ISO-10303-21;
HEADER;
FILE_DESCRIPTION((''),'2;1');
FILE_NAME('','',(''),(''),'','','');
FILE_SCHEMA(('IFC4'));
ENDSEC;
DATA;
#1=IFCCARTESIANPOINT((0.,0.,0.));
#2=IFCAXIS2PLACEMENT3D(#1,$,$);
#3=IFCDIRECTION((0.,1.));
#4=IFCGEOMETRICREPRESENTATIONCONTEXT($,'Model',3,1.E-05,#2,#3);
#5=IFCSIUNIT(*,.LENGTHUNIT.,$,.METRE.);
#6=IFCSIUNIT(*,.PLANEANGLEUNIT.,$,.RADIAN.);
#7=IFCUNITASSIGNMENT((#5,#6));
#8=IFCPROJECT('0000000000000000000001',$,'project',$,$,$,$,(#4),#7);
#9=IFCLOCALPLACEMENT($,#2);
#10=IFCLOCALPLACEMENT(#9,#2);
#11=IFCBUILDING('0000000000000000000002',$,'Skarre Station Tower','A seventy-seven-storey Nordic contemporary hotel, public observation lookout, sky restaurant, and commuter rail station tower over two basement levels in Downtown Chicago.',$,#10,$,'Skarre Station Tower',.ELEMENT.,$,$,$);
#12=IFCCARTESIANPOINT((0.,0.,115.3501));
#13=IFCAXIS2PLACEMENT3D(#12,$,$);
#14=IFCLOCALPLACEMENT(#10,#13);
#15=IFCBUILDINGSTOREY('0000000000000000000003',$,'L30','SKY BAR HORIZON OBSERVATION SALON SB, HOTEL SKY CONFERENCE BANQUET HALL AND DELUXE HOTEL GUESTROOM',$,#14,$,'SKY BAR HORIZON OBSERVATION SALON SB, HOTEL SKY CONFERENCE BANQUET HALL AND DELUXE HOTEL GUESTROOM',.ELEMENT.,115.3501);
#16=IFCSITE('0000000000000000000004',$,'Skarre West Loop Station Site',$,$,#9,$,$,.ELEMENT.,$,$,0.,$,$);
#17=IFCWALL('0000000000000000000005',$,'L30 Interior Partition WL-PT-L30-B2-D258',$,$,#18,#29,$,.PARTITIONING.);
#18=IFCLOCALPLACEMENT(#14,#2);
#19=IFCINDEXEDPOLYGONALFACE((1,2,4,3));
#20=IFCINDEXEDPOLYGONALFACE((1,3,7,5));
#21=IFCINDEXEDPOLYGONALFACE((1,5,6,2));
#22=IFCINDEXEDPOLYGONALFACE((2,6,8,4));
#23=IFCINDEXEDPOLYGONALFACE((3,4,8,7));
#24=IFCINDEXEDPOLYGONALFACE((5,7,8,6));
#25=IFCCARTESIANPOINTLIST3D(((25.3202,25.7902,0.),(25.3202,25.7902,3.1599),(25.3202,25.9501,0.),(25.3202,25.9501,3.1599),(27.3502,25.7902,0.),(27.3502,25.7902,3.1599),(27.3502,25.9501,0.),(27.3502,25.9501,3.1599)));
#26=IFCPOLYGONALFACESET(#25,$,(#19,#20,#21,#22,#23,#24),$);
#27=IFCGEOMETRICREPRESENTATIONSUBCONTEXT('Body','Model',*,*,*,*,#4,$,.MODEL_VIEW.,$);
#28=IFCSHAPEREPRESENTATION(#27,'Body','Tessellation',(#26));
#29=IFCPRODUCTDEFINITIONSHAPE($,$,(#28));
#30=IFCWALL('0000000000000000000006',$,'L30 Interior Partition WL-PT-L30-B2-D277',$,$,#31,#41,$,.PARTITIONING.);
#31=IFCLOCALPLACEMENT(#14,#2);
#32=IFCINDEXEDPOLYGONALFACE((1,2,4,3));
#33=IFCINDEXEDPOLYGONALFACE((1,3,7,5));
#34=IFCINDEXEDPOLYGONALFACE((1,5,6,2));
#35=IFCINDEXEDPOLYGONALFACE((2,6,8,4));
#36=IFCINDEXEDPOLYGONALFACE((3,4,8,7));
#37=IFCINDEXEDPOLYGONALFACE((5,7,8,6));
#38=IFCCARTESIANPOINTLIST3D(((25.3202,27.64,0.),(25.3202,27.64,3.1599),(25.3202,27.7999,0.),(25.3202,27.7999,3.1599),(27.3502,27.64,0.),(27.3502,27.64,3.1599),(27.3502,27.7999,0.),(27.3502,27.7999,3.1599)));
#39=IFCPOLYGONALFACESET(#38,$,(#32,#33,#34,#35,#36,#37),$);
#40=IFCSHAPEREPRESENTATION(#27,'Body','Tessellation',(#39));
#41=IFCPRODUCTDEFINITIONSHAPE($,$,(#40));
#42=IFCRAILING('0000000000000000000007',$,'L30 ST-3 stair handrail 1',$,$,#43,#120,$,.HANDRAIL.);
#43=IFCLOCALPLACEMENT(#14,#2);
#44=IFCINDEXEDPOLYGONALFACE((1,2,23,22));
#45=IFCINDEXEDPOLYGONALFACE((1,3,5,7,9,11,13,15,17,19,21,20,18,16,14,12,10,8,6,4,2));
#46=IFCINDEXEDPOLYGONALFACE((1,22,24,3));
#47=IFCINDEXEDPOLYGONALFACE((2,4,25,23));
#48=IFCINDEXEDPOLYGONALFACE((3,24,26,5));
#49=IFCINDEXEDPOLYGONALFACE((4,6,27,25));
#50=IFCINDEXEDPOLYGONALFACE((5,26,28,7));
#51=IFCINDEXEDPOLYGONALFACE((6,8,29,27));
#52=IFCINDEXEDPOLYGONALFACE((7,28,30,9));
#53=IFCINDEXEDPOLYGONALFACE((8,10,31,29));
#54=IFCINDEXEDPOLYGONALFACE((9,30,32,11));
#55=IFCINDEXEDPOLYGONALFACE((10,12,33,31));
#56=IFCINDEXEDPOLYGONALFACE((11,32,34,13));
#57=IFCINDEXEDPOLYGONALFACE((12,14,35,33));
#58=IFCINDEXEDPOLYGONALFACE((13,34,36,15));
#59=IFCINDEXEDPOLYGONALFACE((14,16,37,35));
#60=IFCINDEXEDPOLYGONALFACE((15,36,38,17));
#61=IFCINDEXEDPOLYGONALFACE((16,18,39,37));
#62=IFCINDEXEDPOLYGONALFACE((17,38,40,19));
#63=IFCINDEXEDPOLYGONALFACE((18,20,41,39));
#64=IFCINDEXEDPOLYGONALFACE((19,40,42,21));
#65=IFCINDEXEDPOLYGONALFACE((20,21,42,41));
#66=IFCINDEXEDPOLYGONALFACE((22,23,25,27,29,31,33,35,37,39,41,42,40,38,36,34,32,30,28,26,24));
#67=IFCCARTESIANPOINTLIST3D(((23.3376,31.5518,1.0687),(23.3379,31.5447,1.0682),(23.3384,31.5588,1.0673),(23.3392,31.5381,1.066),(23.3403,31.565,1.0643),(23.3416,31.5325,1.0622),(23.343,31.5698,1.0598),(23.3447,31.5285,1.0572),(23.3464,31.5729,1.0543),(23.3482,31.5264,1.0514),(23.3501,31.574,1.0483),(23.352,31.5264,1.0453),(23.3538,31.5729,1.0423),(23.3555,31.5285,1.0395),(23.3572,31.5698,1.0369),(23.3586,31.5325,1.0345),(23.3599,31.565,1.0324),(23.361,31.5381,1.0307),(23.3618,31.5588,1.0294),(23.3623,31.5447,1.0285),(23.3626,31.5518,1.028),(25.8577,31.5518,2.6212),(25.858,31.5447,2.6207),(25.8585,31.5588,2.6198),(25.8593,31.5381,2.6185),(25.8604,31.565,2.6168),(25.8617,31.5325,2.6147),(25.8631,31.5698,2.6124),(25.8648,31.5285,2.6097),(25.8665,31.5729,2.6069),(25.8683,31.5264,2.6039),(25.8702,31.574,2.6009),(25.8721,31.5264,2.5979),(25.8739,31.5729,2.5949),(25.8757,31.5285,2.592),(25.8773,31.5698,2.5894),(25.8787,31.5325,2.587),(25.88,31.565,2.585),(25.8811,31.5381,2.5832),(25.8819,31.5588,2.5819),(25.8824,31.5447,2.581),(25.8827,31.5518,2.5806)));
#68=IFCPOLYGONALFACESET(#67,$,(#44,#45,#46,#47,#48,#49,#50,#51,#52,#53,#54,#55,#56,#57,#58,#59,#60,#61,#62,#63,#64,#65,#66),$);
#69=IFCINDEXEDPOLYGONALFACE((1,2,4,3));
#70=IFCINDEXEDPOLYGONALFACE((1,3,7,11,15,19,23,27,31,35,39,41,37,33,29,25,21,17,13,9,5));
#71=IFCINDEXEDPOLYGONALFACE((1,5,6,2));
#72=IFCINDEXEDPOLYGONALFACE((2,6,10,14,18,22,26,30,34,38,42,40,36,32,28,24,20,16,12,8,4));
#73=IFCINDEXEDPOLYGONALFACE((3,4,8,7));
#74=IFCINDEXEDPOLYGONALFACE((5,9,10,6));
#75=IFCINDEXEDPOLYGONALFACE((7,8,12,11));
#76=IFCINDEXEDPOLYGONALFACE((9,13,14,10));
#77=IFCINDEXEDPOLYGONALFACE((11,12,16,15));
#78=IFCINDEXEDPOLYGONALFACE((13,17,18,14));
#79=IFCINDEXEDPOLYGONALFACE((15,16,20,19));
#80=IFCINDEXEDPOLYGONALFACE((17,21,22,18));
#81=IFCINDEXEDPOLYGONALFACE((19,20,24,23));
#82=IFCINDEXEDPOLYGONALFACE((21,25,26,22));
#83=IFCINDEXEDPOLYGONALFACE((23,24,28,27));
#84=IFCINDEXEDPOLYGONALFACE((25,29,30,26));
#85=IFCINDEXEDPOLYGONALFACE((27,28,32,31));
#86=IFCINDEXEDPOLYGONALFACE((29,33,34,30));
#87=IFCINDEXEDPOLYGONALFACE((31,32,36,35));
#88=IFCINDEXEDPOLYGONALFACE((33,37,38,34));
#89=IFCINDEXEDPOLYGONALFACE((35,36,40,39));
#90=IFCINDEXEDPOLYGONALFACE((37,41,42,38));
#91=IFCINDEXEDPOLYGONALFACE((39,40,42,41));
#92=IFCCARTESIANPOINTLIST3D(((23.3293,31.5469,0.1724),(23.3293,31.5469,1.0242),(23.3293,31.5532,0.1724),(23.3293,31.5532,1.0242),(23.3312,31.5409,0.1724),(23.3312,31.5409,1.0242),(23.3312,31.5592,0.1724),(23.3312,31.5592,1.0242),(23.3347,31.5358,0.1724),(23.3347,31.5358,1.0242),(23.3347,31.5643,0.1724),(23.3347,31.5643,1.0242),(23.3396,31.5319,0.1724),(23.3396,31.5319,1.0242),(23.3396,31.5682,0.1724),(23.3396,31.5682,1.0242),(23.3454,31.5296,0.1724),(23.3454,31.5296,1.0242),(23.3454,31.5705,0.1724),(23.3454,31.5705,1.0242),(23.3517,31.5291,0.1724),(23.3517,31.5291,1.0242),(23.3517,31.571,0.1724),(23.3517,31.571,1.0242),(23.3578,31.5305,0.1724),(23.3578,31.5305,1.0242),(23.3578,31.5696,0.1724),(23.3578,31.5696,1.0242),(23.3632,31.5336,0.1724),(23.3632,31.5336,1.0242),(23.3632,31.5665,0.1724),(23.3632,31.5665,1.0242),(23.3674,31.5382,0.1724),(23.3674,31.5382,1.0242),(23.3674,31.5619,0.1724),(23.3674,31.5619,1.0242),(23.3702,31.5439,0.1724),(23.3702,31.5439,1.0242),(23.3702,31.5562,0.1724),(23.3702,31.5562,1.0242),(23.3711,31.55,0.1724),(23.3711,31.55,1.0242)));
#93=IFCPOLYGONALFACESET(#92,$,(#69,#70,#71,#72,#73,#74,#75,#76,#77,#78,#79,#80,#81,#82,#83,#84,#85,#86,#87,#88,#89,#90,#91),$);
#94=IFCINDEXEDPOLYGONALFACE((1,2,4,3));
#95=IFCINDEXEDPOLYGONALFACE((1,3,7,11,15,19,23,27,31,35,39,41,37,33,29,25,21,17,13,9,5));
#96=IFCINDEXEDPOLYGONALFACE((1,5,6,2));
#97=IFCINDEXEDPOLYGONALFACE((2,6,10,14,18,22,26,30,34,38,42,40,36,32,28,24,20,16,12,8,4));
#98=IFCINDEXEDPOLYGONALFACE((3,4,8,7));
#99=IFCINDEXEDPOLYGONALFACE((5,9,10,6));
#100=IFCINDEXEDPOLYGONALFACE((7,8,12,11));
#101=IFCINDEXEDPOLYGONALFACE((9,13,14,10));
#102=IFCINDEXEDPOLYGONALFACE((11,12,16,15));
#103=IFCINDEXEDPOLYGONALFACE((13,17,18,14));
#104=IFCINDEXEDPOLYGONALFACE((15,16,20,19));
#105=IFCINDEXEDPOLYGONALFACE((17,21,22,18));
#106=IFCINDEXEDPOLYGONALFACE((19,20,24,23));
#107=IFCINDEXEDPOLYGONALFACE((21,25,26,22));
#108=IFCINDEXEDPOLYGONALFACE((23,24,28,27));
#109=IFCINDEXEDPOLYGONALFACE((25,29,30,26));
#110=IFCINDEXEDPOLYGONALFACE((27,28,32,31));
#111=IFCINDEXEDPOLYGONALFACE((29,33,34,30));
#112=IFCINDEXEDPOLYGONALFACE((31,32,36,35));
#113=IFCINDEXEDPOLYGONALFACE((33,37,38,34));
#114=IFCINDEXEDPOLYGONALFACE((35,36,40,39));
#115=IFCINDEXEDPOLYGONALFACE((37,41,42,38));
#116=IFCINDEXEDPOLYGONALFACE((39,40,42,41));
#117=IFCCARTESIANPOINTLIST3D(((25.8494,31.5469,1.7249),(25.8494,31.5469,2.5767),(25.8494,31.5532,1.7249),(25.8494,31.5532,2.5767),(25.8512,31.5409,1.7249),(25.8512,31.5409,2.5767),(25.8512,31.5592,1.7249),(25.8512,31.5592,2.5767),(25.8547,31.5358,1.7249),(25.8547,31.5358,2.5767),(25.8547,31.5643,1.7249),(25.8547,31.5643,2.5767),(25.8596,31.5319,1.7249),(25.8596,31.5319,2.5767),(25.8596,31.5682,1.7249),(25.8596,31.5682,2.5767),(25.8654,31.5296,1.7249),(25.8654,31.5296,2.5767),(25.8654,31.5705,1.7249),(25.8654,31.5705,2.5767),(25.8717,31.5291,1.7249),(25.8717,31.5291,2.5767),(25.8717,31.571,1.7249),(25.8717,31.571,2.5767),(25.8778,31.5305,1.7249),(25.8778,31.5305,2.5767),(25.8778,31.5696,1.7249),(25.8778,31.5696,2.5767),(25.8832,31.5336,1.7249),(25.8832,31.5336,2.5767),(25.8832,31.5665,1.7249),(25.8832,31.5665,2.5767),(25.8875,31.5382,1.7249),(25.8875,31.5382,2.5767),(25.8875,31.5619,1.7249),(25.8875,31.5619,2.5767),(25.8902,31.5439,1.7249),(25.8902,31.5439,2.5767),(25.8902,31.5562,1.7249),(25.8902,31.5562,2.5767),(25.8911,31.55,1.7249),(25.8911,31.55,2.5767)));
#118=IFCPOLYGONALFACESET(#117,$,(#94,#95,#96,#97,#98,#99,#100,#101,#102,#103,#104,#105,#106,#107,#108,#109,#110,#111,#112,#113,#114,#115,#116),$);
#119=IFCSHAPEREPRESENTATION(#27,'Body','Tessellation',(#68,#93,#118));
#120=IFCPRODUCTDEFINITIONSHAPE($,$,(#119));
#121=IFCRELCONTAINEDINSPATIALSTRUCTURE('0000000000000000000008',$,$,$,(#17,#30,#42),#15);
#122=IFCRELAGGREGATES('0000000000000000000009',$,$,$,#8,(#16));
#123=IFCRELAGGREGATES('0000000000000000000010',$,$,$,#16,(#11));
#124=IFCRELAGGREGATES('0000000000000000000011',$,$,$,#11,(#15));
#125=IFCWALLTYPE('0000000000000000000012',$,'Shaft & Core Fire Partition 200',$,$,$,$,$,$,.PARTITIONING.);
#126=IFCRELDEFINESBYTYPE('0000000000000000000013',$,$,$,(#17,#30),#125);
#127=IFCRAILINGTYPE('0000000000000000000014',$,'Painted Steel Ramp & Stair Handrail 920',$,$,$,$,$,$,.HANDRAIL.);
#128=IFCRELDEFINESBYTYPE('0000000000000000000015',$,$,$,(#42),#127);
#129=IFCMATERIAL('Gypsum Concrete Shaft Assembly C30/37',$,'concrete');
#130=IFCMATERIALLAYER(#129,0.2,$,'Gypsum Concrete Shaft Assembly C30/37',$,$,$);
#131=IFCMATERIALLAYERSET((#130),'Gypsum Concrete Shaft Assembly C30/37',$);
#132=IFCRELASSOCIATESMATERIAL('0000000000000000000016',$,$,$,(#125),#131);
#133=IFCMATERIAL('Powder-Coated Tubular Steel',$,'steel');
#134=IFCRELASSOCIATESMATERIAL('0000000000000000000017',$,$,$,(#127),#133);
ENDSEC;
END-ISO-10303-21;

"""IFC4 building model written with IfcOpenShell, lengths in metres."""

from ifc_helpers import new_model, si_unit, direction, frame, frame_2d, origin, origin_2d, place, context, subcontext, project, spatial, rectangle, circle, extrude, material, layer, layer_set, type_object, element, save


model = new_model("IFC4")

# Units and contexts
model_context = context("Model", 3, precision=1e-05, world=origin(), true_north=direction((0.0, 1.0)))
body_context = subcontext(model_context, "Body", "Model", "MODEL_VIEW")
ifc_project = project(units=[si_unit("LENGTHUNIT", "METRE"), si_unit("PLANEANGLEUNIT", "RADIAN")], contexts=[model_context])

# Site, building, storey
site_placement = place(None, origin())
site = spatial("IfcSite", under=ifc_project, at=site_placement, Name="Skarre West Loop Station Site", CompositionType="ELEMENT", RefElevation=0.0)
building_placement = place(site_placement, origin())
building = spatial("IfcBuilding", under=site, at=building_placement, Name="Skarre Station Tower", Description="A seventy-seven-storey Nordic contemporary hotel, public observation lookout, sky restaurant, and commuter rail station tower over two basement levels in Downtown Chicago.", LongName="Skarre Station Tower", CompositionType="ELEMENT")
storey_placement = place(building_placement, frame((0.0, 0.0, 115.3501)))
storey = spatial("IfcBuildingStorey", under=building, at=storey_placement, Name="L30", Description="SKY BAR HORIZON OBSERVATION SALON SB, HOTEL SKY CONFERENCE BANQUET HALL AND DELUXE HOTEL GUESTROOM", LongName="SKY BAR HORIZON OBSERVATION SALON SB, HOTEL SKY CONFERENCE BANQUET HALL AND DELUXE HOTEL GUESTROOM", CompositionType="ELEMENT", Elevation=115.3501)

# Shared definitions
ifc_material_1 = material(Name="Gypsum Concrete Shaft Assembly C30/37", Category="concrete")
ifc_layer_1 = layer(ifc_material_1, 0.2, Name="Gypsum Concrete Shaft Assembly C30/37")
ifc_layer_set_1 = layer_set([ifc_layer_1], Name="Gypsum Concrete Shaft Assembly C30/37")
wall_type_1 = type_object("IfcWallType", Name="Shaft & Core Fire Partition 200", PredefinedType="PARTITIONING", material=ifc_layer_set_1)

# Walls
for number, where, z_axis, x_axis, name in (
    (1, (25.3201, 25.8701, 0.0), (0.0, 0.0, 1.0), (1.0, 0.0, 0.0), "L30 Interior Partition WL-PT-L30-B2-D258"),
    (2, (25.3201, 27.72, 0.0), (0.0, 0.0, 1.0), (1.0, 0.0, 0.0), "L30 Interior Partition WL-PT-L30-B2-D277"),
):
    element("IfcWall", number, at=place(storey_placement, frame(where, z_axis=z_axis, x_axis=x_axis)), inside=storey, type_object=wall_type_1, Name=name, PredefinedType="PARTITIONING", context=body_context, shape_type="SweptSolid", body=[
        extrude(rectangle(XDim=2.03, YDim=0.1599, at=frame_2d((1.0151, 0.0))), origin(), (0.0, 0.0, 1.0), 3.1599),
    ])

# Railing
ifc_material_2 = material(Name="Powder-Coated Tubular Steel", Category="steel")
railing_type = type_object("IfcRailingType", Name="Painted Steel Ramp & Stair Handrail 920", PredefinedType="HANDRAIL", material=ifc_material_2)
railing_placement = place(storey_placement, frame((23.3501, 31.55, 0.1724)))
element("IfcRailing", 3, at=railing_placement, inside=storey, type_object=railing_type, Name="L30 ST-3 stair handrail 1", PredefinedType="HANDRAIL", context=body_context, shape_type="SweptSolid", body=[
    extrude(circle(Radius=0.0239, at=origin_2d()), frame((0.0, 0.0, 0.876), z_axis=(0.8514, 0.0, 0.524516), x_axis=(0.0, 1.0, 0.0)), (0.0, 0.0, 1.0), 2.96),
    extrude(circle(Radius=0.021, at=origin_2d()), origin(), (0.0, 0.0, 1.0), 0.8518),
    extrude(circle(Radius=0.021, at=origin_2d()), frame((2.52, 0.0, 1.5525)), (0.0, 0.0, 1.0), 0.8518),
])

save(model, "model.ifc")
